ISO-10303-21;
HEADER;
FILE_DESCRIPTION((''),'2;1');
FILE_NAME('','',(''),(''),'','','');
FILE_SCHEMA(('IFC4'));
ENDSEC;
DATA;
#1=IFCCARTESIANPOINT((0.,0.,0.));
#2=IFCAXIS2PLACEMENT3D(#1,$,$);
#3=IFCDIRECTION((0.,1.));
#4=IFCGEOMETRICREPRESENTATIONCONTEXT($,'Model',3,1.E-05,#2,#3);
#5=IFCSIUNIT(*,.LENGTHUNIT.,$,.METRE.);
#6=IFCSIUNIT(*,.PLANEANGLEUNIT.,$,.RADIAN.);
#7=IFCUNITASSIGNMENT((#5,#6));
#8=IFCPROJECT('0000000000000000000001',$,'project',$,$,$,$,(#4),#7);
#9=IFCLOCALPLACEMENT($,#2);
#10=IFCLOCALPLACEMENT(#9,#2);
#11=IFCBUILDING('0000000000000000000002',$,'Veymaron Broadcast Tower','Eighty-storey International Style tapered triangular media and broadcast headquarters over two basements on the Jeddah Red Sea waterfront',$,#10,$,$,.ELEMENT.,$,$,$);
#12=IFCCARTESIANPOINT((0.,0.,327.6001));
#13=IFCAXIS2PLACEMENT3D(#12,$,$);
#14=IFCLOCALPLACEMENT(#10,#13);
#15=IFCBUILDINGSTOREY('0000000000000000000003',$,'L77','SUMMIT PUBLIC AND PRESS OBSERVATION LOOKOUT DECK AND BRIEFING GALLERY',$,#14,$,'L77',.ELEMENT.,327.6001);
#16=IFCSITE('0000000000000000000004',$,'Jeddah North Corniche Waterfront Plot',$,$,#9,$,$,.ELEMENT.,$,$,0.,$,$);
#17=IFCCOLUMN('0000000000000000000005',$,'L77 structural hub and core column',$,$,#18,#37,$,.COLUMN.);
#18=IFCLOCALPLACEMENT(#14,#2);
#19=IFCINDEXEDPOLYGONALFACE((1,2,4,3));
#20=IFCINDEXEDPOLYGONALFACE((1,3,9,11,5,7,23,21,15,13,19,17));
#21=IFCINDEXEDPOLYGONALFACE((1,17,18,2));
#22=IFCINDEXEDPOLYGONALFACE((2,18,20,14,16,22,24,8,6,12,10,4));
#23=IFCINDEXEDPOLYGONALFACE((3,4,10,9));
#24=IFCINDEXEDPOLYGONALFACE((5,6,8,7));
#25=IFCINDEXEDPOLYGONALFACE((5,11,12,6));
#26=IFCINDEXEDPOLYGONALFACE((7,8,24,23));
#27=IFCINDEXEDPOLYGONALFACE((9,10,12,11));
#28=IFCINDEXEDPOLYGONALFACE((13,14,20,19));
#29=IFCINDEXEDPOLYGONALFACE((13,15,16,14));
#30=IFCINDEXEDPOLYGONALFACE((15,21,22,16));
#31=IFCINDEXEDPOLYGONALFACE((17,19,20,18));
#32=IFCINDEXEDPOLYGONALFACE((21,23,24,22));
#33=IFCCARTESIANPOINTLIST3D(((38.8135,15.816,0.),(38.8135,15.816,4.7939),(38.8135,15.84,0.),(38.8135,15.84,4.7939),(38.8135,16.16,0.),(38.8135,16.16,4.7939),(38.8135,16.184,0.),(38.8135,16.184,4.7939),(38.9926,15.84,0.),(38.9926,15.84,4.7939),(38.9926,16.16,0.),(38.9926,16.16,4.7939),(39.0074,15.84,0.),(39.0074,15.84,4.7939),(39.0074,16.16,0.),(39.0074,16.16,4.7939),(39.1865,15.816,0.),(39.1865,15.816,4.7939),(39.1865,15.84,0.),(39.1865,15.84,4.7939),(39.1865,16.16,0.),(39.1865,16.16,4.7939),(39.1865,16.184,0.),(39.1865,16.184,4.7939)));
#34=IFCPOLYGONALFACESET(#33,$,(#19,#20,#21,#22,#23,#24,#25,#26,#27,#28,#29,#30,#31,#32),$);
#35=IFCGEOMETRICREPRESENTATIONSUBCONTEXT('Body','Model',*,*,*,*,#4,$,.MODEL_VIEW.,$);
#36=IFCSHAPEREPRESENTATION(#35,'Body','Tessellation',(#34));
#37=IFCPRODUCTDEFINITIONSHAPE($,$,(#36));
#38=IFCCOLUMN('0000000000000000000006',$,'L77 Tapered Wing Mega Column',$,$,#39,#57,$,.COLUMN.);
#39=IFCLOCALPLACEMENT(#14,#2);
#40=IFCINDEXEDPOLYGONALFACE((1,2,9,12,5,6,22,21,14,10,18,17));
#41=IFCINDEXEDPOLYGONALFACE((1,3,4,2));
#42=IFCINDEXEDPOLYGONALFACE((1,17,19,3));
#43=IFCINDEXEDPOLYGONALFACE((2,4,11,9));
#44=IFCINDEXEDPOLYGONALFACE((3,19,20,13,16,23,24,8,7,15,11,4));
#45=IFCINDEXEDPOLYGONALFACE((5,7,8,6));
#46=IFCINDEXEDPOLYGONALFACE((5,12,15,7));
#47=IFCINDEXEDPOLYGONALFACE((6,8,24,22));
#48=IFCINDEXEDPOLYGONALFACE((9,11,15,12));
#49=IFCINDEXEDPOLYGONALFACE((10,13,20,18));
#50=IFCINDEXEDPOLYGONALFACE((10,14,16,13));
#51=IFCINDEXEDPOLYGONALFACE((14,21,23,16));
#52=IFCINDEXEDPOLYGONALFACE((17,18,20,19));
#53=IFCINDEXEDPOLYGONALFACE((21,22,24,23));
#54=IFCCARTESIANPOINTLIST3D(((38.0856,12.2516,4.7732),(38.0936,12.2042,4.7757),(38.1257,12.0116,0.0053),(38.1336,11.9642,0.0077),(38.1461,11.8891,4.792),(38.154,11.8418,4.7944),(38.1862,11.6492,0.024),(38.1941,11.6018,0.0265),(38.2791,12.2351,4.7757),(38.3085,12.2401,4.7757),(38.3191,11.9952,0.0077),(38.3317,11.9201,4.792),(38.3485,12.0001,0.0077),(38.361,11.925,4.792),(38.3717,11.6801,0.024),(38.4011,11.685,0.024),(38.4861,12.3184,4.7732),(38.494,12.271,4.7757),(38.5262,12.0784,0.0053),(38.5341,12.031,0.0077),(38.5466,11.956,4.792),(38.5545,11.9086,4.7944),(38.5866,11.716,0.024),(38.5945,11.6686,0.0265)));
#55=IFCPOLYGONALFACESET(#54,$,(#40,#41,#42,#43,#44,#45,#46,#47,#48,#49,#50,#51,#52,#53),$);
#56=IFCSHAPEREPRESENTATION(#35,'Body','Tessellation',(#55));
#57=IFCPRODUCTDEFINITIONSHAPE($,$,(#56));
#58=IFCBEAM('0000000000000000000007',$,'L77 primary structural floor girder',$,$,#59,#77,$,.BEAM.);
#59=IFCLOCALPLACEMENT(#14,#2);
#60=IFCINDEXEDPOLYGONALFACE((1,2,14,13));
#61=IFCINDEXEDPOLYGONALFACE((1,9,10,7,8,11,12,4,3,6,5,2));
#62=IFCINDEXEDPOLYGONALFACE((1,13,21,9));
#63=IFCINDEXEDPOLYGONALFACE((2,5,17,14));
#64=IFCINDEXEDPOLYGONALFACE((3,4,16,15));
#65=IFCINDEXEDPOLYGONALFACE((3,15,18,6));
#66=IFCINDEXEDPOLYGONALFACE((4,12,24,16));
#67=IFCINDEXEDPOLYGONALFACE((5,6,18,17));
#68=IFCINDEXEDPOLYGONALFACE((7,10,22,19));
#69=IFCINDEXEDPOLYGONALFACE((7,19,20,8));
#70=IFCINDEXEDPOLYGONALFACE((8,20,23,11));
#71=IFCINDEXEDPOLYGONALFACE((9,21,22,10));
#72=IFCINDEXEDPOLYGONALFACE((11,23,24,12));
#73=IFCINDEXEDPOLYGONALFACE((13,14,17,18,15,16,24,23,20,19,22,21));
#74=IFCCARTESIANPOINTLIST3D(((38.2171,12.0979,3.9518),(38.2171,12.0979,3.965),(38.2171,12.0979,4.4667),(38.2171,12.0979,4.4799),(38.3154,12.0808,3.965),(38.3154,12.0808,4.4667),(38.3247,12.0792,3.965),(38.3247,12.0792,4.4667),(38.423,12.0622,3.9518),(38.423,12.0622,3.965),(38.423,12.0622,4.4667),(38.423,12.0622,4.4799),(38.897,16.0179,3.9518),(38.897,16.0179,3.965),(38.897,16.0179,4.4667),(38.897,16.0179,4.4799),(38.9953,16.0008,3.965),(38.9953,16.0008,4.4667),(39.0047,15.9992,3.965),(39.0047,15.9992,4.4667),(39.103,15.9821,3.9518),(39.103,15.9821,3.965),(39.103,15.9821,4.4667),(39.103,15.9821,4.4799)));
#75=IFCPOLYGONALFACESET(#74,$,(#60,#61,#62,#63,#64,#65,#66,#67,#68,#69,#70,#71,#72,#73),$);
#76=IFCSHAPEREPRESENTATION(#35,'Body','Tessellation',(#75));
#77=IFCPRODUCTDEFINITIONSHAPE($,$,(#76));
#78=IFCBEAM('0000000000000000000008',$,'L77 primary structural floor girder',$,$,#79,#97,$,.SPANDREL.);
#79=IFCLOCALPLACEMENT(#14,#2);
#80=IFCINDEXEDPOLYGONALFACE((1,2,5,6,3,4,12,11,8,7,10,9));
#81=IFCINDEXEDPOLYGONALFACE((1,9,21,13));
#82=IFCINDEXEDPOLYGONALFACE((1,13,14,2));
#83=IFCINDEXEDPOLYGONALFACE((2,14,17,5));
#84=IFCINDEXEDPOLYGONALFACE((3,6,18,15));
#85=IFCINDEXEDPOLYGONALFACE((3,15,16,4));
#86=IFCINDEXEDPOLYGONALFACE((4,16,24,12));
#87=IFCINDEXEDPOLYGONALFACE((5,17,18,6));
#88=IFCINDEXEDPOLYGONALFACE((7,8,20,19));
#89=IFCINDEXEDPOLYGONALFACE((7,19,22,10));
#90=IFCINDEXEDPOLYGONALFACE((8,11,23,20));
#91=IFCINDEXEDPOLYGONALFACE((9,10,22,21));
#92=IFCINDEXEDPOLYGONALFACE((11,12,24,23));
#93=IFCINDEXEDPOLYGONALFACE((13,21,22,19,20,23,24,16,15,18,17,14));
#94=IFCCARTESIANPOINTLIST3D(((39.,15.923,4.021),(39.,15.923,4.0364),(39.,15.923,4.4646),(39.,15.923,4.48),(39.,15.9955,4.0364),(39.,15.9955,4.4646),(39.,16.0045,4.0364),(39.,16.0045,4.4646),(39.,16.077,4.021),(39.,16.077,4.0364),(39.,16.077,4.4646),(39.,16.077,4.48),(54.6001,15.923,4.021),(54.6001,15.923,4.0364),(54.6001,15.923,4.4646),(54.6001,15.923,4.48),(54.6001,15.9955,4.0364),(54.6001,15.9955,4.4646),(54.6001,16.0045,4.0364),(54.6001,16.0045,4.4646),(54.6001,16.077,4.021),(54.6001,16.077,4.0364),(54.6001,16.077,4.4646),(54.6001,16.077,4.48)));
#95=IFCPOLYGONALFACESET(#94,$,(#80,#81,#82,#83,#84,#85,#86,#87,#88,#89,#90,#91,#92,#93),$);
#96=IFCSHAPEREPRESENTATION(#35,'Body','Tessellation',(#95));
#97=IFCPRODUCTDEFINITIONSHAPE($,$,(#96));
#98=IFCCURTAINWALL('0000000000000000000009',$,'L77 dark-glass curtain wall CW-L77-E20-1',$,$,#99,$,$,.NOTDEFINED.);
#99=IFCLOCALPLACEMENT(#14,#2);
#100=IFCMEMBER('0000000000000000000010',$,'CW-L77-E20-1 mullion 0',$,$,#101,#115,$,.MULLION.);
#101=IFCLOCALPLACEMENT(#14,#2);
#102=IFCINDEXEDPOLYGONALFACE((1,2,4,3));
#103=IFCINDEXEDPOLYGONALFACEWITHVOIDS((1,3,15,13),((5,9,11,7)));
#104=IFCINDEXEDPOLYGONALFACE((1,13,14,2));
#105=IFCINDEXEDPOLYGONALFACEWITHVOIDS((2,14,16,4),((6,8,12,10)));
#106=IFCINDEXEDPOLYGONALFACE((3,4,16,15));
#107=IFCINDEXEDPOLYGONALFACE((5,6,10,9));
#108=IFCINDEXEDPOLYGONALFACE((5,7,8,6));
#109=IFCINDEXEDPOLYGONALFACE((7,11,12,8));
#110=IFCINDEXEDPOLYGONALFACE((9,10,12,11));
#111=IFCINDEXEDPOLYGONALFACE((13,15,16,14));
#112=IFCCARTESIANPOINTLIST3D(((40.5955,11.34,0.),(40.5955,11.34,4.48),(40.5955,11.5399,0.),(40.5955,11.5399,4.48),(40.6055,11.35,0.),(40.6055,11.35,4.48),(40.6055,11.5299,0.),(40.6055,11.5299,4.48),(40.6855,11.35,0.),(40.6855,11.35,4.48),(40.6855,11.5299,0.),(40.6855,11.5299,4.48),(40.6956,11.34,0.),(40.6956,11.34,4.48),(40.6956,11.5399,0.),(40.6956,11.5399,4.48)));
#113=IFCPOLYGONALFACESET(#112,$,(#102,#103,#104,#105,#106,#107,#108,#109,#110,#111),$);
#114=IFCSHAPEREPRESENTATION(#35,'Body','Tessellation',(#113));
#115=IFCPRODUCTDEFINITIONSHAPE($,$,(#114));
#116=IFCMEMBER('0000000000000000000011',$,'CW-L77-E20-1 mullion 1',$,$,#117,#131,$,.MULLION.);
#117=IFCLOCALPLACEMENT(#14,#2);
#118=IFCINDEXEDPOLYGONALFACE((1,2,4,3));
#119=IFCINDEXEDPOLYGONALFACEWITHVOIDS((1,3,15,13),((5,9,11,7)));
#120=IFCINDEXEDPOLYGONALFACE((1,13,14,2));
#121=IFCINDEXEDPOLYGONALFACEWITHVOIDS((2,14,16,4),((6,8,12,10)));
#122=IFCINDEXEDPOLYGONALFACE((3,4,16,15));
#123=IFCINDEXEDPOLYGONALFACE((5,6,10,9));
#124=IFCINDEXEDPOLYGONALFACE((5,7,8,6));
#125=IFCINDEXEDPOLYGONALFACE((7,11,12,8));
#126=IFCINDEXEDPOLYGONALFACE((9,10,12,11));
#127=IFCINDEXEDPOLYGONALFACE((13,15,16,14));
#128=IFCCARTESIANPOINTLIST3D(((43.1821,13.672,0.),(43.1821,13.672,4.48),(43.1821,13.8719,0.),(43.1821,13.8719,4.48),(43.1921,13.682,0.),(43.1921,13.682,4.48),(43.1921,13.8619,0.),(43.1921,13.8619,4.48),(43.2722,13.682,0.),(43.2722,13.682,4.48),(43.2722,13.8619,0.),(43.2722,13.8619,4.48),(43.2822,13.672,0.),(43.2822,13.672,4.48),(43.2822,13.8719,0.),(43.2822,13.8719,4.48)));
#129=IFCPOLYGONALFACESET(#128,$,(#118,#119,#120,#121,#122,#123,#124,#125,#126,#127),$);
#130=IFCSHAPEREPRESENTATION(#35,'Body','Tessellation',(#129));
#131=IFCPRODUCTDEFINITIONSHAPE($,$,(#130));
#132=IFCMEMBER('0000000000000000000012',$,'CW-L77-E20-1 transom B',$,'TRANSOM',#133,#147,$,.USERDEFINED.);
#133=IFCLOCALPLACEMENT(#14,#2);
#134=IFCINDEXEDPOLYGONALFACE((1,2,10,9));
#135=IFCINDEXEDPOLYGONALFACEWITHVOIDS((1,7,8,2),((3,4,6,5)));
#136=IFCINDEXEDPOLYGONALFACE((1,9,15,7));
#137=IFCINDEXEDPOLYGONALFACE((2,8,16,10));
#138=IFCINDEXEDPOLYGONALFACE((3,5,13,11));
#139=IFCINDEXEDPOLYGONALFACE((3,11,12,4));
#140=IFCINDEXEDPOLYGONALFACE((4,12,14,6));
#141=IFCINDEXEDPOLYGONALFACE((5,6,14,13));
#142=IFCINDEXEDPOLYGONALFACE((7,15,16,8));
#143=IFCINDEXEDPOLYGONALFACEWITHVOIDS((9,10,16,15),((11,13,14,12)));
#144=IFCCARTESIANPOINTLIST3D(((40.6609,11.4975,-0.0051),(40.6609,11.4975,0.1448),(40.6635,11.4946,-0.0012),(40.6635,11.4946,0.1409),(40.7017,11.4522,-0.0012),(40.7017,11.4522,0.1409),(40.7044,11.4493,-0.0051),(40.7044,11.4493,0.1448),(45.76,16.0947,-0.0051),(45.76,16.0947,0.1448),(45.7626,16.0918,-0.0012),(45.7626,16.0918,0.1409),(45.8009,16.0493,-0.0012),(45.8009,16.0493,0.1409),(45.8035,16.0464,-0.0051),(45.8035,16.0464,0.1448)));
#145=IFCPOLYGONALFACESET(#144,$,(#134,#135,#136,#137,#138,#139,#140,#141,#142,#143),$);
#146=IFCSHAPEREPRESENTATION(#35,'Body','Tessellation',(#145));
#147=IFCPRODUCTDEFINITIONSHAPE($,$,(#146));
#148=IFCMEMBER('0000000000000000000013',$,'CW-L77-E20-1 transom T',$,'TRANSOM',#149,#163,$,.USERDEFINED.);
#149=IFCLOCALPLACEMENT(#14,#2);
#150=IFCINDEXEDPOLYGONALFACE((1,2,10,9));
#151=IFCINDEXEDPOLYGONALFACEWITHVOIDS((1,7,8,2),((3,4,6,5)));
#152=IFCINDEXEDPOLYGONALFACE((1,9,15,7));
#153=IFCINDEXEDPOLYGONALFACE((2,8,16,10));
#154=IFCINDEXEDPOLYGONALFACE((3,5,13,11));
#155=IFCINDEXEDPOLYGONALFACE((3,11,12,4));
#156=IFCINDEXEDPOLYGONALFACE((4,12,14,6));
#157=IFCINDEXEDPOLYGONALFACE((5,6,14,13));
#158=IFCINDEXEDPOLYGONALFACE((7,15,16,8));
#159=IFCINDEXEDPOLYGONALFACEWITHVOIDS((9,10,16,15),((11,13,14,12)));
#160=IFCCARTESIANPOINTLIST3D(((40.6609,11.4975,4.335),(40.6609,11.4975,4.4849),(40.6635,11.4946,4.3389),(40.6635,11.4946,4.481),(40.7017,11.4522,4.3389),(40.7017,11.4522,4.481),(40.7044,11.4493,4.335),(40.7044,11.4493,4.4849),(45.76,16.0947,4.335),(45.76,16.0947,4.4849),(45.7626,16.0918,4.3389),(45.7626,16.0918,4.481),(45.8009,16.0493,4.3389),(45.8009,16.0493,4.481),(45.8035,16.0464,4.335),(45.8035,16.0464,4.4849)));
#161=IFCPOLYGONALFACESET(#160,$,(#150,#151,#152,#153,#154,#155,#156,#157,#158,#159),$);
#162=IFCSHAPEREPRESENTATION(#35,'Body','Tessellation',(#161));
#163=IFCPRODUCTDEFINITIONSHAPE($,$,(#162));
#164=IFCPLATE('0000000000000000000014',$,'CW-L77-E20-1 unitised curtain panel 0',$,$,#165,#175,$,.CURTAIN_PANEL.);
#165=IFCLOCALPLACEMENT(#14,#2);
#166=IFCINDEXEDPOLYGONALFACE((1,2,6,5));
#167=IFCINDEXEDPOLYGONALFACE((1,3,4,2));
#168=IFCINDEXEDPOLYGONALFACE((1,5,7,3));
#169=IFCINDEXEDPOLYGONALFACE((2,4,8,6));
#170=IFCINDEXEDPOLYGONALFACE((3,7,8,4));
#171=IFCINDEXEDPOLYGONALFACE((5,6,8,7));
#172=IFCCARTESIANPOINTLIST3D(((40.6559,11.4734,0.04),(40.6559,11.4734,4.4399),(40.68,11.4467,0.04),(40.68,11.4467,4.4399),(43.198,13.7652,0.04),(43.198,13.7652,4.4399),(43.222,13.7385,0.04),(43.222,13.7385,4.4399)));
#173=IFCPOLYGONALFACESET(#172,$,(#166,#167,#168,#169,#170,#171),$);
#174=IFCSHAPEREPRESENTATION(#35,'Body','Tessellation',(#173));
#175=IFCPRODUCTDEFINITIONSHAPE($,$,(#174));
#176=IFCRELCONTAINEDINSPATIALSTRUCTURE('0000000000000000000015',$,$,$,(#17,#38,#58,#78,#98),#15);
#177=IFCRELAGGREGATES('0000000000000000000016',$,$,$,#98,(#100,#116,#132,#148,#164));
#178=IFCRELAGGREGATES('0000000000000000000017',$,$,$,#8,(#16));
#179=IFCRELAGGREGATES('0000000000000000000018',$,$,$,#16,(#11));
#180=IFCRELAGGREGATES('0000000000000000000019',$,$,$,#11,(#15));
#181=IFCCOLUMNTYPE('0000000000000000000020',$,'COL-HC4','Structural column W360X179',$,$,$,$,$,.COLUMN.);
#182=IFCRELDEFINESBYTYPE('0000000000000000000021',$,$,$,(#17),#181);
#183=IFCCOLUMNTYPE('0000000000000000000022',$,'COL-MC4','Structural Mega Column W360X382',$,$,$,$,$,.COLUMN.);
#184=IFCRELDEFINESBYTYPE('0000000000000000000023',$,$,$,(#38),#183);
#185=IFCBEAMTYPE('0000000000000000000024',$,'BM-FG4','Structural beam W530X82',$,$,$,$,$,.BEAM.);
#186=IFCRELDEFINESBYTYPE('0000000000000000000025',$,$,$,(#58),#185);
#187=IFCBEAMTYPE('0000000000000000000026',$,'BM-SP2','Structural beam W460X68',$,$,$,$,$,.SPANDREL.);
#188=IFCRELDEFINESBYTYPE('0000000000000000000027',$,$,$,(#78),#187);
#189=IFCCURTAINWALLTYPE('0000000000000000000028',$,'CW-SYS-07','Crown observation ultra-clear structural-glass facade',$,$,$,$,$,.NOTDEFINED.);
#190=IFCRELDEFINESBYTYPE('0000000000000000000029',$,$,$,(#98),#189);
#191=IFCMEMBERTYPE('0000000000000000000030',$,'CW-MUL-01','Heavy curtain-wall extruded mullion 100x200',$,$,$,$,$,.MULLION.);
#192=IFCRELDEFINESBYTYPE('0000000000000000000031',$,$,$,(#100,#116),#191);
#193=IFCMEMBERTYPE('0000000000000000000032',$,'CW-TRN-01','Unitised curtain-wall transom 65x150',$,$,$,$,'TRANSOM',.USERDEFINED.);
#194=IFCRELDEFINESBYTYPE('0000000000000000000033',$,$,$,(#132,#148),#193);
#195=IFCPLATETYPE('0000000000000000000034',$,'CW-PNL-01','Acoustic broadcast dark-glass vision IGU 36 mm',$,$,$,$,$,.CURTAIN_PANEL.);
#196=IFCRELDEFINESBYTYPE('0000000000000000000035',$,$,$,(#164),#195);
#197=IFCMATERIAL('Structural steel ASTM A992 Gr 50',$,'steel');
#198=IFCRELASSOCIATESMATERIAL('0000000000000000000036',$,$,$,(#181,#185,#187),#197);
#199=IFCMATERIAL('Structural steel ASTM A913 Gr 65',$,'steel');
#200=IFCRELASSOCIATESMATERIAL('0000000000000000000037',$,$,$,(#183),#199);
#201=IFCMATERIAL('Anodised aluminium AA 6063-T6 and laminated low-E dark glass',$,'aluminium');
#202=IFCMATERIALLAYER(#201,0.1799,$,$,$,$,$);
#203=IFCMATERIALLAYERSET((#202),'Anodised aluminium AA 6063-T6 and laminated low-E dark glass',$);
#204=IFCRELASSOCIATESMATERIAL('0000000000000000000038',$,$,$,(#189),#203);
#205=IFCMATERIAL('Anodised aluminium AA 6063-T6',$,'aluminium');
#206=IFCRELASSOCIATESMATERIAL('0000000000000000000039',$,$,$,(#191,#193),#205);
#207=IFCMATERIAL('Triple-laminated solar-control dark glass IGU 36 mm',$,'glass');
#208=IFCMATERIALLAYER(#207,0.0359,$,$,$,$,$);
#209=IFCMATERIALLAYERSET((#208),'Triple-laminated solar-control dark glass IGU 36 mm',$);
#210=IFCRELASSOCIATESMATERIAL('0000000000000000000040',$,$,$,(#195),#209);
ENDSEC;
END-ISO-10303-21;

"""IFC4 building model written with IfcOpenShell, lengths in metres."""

from ifc_helpers import new_model, si_unit, direction, frame, origin, origin_2d, place, context, subcontext, project, spatial, rectangle, hollow_rectangle, i_section, extrude, material, layer, layer_set, material_profile, profile_set, type_object, element, aggregate, save


model = new_model("IFC4")

# Units and contexts
model_context = context("Model", 3, precision=1e-05, world=origin(), true_north=direction((0.0, 1.0)))
body_context = subcontext(model_context, "Body", "Model", "MODEL_VIEW")
ifc_project = project(units=[si_unit("LENGTHUNIT", "METRE"), si_unit("PLANEANGLEUNIT", "RADIAN")], contexts=[model_context])

# Site, building, storey
site_placement = place(None, origin())
site = spatial("IfcSite", under=ifc_project, at=site_placement, Name="Jeddah North Corniche Waterfront Plot", CompositionType="ELEMENT", RefElevation=0.0)
building_placement = place(site_placement, origin())
building = spatial("IfcBuilding", under=site, at=building_placement, Name="Veymaron Broadcast Tower", Description="Eighty-storey International Style tapered triangular media and broadcast headquarters over two basements on the Jeddah Red Sea waterfront", CompositionType="ELEMENT")
storey_placement = place(building_placement, frame((0.0, 0.0, 327.6001)))
storey = spatial("IfcBuildingStorey", under=building, at=storey_placement, Name="L77", Description="SUMMIT PUBLIC AND PRESS OBSERVATION LOOKOUT DECK AND BRIEFING GALLERY", LongName="L77", CompositionType="ELEMENT", Elevation=327.6001)

# Columns
ifc_material_1 = material(Name="Structural steel ASTM A992 Gr 50", Category="steel")
ifc_material_profile_1 = material_profile(ifc_material_1, i_section(OverallWidth=0.373, OverallDepth=0.3679, WebThickness=0.0149, FlangeThickness=0.0239, at=origin_2d()), Name="W360X179")
ifc_profile_set_1 = profile_set([ifc_material_profile_1], Name="Structural steel ASTM A992 Gr 50")
column_type_1 = type_object("IfcColumnType", Name="COL-HC4", Description="Structural column W360X179", PredefinedType="COLUMN", material=ifc_profile_set_1)
column_1_placement = place(storey_placement, frame((39.0, 16.0, 0.0), z_axis=(0.0, 0.0, 1.0), x_axis=(1.0, 0.0, 0.0)))
element("IfcColumn", 1, at=column_1_placement, inside=storey, type_object=column_type_1, Name="L77 structural hub and core column", PredefinedType="COLUMN", context=body_context, shape_type="SweptSolid", body=[
    extrude(i_section(OverallWidth=0.373, OverallDepth=0.3679, WebThickness=0.0149, FlangeThickness=0.0239, at=origin_2d()), origin(), (0.0, 0.0, 1.0), 4.7939),
])
ifc_material_2 = material(Name="Structural steel ASTM A913 Gr 65", Category="steel")
ifc_material_profile_2 = material_profile(ifc_material_2, i_section(OverallWidth=0.406, OverallDepth=0.416, WebThickness=0.0298, FlangeThickness=0.0481, at=origin_2d()), Name="W360X382")
ifc_profile_set_2 = profile_set([ifc_material_profile_2], Name="Structural steel ASTM A913 Gr 65")
column_type_2 = type_object("IfcColumnType", Name="COL-MC4", Description="Structural Mega Column W360X382", PredefinedType="COLUMN", material=ifc_profile_set_2)
column_2_placement = place(storey_placement, frame((38.3601, 11.8401, 0.0159), z_axis=(-0.008386, 0.050267, 0.998701), x_axis=(-0.986367, -0.164562, 0.0)))
element("IfcColumn", 2, at=column_2_placement, inside=storey, type_object=column_type_2, Name="L77 Tapered Wing Mega Column", PredefinedType="COLUMN", context=body_context, shape_type="SweptSolid", body=[
    extrude(i_section(OverallWidth=0.406, OverallDepth=0.416, WebThickness=0.0298, FlangeThickness=0.0481, at=origin_2d()), origin(), (0.0, 0.0, 1.0), 4.7742),
])

# Beams
ifc_material_profile_3 = material_profile(ifc_material_1, i_section(OverallWidth=0.209, OverallDepth=0.5281, WebThickness=0.0095, FlangeThickness=0.0132, at=origin_2d()), Name="W530X82")
ifc_profile_set_3 = profile_set([ifc_material_profile_3], Name="Structural steel ASTM A992 Gr 50")
beam_type_1 = type_object("IfcBeamType", Name="BM-FG4", Description="Structural beam W530X82", PredefinedType="BEAM", material=ifc_profile_set_3)
beam_1_placement = place(storey_placement, frame((39.0, 16.0, 4.2158), z_axis=(-0.170903, -0.985288, 0.0), x_axis=(0.985288, -0.170903, 0.0)))
element("IfcBeam", 3, at=beam_1_placement, inside=storey, type_object=beam_type_1, Name="L77 primary structural floor girder", PredefinedType="BEAM", context=body_context, shape_type="SweptSolid", body=[
    extrude(i_section(OverallWidth=0.209, OverallDepth=0.5281, WebThickness=0.0095, FlangeThickness=0.0132, at=origin_2d()), origin(), (0.0, 0.0, 1.0), 3.9785),
])
ifc_material_profile_4 = material_profile(ifc_material_1, i_section(OverallWidth=0.1541, OverallDepth=0.459, WebThickness=0.009, FlangeThickness=0.0154, at=origin_2d()), Name="W460X68")
ifc_profile_set_4 = profile_set([ifc_material_profile_4], Name="Structural steel ASTM A992 Gr 50")
beam_type_2 = type_object("IfcBeamType", Name="BM-SP2", Description="Structural beam W460X68", PredefinedType="SPANDREL", material=ifc_profile_set_4)
beam_2_placement = place(storey_placement, frame((39.0, 16.0, 4.2505), z_axis=(1.0, 0.0, 0.0), x_axis=(0.0, 1.0, 0.0)))
element("IfcBeam", 4, at=beam_2_placement, inside=storey, type_object=beam_type_2, Name="L77 primary structural floor girder", PredefinedType="SPANDREL", context=body_context, shape_type="SweptSolid", body=[
    extrude(i_section(OverallWidth=0.1541, OverallDepth=0.459, WebThickness=0.009, FlangeThickness=0.0154, at=origin_2d()), origin(), (0.0, 0.0, 1.0), 15.6001),
])

# Curtain wall, members, plate
ifc_material_3 = material(Name="Anodised aluminium AA 6063-T6 and laminated low-E dark glass", Category="aluminium")
ifc_layer_1 = layer(ifc_material_3, 0.1799)
ifc_layer_set_1 = layer_set([ifc_layer_1], Name="Anodised aluminium AA 6063-T6 and laminated low-E dark glass")
curtain_wall_type = type_object("IfcCurtainWallType", Name="CW-SYS-07", Description="Crown observation ultra-clear structural-glass facade", PredefinedType="NOTDEFINED", material=ifc_layer_set_1)
curtain_wall_placement = place(storey_placement, origin())
curtain_wall = element("IfcCurtainWall", 5, at=curtain_wall_placement, inside=storey, type_object=curtain_wall_type, Name="L77 dark-glass curtain wall CW-L77-E20-1", PredefinedType="NOTDEFINED")
ifc_material_4 = material(Name="Anodised aluminium AA 6063-T6", Category="aluminium")
ifc_material_profile_5 = material_profile(ifc_material_4, hollow_rectangle(XDim=0.1001, YDim=0.2, WallThickness=0.01, at=origin_2d()), Name="RHS200X100X10")
ifc_profile_set_5 = profile_set([ifc_material_profile_5], Name="Anodised aluminium AA 6063-T6")
member_type_1 = type_object("IfcMemberType", Name="CW-MUL-01", Description="Heavy curtain-wall extruded mullion 100x200", PredefinedType="MULLION", material=ifc_profile_set_5)
member_1_placement = place(storey_placement, frame((40.6455, 11.4399, 0.0), z_axis=(0.0, 0.0, 1.0), x_axis=(1.0, 0.0, 0.0)))
member_1 = element("IfcMember", 6, at=member_1_placement, type_object=member_type_1, Name="CW-L77-E20-1 mullion 0", PredefinedType="MULLION", context=body_context, shape_type="SweptSolid", body=[
    extrude(hollow_rectangle(XDim=0.1001, YDim=0.2, WallThickness=0.01, at=origin_2d()), origin(), (0.0, 0.0, 1.0), 4.48),
])
member_2_placement = place(storey_placement, frame((43.2322, 13.772, 0.0), z_axis=(0.0, 0.0, 1.0), x_axis=(1.0, 0.0, 0.0)))
member_2 = element("IfcMember", 7, at=member_2_placement, type_object=member_type_1, Name="CW-L77-E20-1 mullion 1", PredefinedType="MULLION", context=body_context, shape_type="SweptSolid", body=[
    extrude(hollow_rectangle(XDim=0.1001, YDim=0.2, WallThickness=0.01, at=origin_2d()), origin(), (0.0, 0.0, 1.0), 4.48),
])
ifc_material_profile_6 = material_profile(ifc_material_4, hollow_rectangle(XDim=0.0649, YDim=0.1499, WallThickness=0.0039, at=origin_2d()), Name="AL150X65X4")
ifc_profile_set_6 = profile_set([ifc_material_profile_6], Name="Anodised aluminium AA 6063-T6")
member_type_2 = type_object("IfcMemberType", Name="CW-TRN-01", Description="Unitised curtain-wall transom 65x150", ElementType="TRANSOM", PredefinedType="USERDEFINED", material=ifc_profile_set_6)
member_3_placement = place(storey_placement, frame((40.6826, 11.4734, 0.0698), z_axis=(0.742717, 0.669605, 0.0), x_axis=(-0.669605, 0.742717, 0.0)))
member_3 = element("IfcMember", 8, at=member_3_placement, type_object=member_type_2, Name="CW-L77-E20-1 transom B", ObjectType="TRANSOM", PredefinedType="USERDEFINED", context=body_context, shape_type="SweptSolid", body=[
    extrude(hollow_rectangle(XDim=0.0649, YDim=0.1499, WallThickness=0.0039, at=origin_2d()), origin(), (0.0, 0.0, 1.0), 6.8655),
])
member_4_placement = place(storey_placement, frame((40.6826, 11.4734, 4.4099), z_axis=(0.742717, 0.669605, 0.0), x_axis=(-0.669605, 0.742717, 0.0)))
member_4 = element("IfcMember", 9, at=member_4_placement, type_object=member_type_2, Name="CW-L77-E20-1 transom T", ObjectType="TRANSOM", PredefinedType="USERDEFINED", context=body_context, shape_type="SweptSolid", body=[
    extrude(hollow_rectangle(XDim=0.0649, YDim=0.1499, WallThickness=0.0039, at=origin_2d()), origin(), (0.0, 0.0, 1.0), 6.8655),
])
ifc_material_5 = material(Name="Triple-laminated solar-control dark glass IGU 36 mm", Category="glass")
ifc_layer_2 = layer(ifc_material_5, 0.0359)
ifc_layer_set_2 = layer_set([ifc_layer_2], Name="Triple-laminated solar-control dark glass IGU 36 mm")
plate_type = type_object("IfcPlateType", Name="CW-PNL-01", Description="Acoustic broadcast dark-glass vision IGU 36 mm", PredefinedType="CURTAIN_PANEL", material=ifc_layer_set_2)
plate_1_placement = place(storey_placement, frame((41.939, 12.606, 0.04), z_axis=(0.0, 0.0, 1.0), x_axis=(0.742724, 0.669597, 0.0)))
plate_1 = element("IfcPlate", 10, at=plate_1_placement, type_object=plate_type, Name="CW-L77-E20-1 unitised curtain panel 0", PredefinedType="CURTAIN_PANEL", context=body_context, shape_type="SweptSolid", body=[
    extrude(rectangle(XDim=3.4226, YDim=0.0359, at=origin_2d()), origin(), (0.0, 0.0, 1.0), 4.3999),
])
aggregate(curtain_wall, [member_1, member_2, member_3, member_4, plate_1])

save(model, "model.ifc")
